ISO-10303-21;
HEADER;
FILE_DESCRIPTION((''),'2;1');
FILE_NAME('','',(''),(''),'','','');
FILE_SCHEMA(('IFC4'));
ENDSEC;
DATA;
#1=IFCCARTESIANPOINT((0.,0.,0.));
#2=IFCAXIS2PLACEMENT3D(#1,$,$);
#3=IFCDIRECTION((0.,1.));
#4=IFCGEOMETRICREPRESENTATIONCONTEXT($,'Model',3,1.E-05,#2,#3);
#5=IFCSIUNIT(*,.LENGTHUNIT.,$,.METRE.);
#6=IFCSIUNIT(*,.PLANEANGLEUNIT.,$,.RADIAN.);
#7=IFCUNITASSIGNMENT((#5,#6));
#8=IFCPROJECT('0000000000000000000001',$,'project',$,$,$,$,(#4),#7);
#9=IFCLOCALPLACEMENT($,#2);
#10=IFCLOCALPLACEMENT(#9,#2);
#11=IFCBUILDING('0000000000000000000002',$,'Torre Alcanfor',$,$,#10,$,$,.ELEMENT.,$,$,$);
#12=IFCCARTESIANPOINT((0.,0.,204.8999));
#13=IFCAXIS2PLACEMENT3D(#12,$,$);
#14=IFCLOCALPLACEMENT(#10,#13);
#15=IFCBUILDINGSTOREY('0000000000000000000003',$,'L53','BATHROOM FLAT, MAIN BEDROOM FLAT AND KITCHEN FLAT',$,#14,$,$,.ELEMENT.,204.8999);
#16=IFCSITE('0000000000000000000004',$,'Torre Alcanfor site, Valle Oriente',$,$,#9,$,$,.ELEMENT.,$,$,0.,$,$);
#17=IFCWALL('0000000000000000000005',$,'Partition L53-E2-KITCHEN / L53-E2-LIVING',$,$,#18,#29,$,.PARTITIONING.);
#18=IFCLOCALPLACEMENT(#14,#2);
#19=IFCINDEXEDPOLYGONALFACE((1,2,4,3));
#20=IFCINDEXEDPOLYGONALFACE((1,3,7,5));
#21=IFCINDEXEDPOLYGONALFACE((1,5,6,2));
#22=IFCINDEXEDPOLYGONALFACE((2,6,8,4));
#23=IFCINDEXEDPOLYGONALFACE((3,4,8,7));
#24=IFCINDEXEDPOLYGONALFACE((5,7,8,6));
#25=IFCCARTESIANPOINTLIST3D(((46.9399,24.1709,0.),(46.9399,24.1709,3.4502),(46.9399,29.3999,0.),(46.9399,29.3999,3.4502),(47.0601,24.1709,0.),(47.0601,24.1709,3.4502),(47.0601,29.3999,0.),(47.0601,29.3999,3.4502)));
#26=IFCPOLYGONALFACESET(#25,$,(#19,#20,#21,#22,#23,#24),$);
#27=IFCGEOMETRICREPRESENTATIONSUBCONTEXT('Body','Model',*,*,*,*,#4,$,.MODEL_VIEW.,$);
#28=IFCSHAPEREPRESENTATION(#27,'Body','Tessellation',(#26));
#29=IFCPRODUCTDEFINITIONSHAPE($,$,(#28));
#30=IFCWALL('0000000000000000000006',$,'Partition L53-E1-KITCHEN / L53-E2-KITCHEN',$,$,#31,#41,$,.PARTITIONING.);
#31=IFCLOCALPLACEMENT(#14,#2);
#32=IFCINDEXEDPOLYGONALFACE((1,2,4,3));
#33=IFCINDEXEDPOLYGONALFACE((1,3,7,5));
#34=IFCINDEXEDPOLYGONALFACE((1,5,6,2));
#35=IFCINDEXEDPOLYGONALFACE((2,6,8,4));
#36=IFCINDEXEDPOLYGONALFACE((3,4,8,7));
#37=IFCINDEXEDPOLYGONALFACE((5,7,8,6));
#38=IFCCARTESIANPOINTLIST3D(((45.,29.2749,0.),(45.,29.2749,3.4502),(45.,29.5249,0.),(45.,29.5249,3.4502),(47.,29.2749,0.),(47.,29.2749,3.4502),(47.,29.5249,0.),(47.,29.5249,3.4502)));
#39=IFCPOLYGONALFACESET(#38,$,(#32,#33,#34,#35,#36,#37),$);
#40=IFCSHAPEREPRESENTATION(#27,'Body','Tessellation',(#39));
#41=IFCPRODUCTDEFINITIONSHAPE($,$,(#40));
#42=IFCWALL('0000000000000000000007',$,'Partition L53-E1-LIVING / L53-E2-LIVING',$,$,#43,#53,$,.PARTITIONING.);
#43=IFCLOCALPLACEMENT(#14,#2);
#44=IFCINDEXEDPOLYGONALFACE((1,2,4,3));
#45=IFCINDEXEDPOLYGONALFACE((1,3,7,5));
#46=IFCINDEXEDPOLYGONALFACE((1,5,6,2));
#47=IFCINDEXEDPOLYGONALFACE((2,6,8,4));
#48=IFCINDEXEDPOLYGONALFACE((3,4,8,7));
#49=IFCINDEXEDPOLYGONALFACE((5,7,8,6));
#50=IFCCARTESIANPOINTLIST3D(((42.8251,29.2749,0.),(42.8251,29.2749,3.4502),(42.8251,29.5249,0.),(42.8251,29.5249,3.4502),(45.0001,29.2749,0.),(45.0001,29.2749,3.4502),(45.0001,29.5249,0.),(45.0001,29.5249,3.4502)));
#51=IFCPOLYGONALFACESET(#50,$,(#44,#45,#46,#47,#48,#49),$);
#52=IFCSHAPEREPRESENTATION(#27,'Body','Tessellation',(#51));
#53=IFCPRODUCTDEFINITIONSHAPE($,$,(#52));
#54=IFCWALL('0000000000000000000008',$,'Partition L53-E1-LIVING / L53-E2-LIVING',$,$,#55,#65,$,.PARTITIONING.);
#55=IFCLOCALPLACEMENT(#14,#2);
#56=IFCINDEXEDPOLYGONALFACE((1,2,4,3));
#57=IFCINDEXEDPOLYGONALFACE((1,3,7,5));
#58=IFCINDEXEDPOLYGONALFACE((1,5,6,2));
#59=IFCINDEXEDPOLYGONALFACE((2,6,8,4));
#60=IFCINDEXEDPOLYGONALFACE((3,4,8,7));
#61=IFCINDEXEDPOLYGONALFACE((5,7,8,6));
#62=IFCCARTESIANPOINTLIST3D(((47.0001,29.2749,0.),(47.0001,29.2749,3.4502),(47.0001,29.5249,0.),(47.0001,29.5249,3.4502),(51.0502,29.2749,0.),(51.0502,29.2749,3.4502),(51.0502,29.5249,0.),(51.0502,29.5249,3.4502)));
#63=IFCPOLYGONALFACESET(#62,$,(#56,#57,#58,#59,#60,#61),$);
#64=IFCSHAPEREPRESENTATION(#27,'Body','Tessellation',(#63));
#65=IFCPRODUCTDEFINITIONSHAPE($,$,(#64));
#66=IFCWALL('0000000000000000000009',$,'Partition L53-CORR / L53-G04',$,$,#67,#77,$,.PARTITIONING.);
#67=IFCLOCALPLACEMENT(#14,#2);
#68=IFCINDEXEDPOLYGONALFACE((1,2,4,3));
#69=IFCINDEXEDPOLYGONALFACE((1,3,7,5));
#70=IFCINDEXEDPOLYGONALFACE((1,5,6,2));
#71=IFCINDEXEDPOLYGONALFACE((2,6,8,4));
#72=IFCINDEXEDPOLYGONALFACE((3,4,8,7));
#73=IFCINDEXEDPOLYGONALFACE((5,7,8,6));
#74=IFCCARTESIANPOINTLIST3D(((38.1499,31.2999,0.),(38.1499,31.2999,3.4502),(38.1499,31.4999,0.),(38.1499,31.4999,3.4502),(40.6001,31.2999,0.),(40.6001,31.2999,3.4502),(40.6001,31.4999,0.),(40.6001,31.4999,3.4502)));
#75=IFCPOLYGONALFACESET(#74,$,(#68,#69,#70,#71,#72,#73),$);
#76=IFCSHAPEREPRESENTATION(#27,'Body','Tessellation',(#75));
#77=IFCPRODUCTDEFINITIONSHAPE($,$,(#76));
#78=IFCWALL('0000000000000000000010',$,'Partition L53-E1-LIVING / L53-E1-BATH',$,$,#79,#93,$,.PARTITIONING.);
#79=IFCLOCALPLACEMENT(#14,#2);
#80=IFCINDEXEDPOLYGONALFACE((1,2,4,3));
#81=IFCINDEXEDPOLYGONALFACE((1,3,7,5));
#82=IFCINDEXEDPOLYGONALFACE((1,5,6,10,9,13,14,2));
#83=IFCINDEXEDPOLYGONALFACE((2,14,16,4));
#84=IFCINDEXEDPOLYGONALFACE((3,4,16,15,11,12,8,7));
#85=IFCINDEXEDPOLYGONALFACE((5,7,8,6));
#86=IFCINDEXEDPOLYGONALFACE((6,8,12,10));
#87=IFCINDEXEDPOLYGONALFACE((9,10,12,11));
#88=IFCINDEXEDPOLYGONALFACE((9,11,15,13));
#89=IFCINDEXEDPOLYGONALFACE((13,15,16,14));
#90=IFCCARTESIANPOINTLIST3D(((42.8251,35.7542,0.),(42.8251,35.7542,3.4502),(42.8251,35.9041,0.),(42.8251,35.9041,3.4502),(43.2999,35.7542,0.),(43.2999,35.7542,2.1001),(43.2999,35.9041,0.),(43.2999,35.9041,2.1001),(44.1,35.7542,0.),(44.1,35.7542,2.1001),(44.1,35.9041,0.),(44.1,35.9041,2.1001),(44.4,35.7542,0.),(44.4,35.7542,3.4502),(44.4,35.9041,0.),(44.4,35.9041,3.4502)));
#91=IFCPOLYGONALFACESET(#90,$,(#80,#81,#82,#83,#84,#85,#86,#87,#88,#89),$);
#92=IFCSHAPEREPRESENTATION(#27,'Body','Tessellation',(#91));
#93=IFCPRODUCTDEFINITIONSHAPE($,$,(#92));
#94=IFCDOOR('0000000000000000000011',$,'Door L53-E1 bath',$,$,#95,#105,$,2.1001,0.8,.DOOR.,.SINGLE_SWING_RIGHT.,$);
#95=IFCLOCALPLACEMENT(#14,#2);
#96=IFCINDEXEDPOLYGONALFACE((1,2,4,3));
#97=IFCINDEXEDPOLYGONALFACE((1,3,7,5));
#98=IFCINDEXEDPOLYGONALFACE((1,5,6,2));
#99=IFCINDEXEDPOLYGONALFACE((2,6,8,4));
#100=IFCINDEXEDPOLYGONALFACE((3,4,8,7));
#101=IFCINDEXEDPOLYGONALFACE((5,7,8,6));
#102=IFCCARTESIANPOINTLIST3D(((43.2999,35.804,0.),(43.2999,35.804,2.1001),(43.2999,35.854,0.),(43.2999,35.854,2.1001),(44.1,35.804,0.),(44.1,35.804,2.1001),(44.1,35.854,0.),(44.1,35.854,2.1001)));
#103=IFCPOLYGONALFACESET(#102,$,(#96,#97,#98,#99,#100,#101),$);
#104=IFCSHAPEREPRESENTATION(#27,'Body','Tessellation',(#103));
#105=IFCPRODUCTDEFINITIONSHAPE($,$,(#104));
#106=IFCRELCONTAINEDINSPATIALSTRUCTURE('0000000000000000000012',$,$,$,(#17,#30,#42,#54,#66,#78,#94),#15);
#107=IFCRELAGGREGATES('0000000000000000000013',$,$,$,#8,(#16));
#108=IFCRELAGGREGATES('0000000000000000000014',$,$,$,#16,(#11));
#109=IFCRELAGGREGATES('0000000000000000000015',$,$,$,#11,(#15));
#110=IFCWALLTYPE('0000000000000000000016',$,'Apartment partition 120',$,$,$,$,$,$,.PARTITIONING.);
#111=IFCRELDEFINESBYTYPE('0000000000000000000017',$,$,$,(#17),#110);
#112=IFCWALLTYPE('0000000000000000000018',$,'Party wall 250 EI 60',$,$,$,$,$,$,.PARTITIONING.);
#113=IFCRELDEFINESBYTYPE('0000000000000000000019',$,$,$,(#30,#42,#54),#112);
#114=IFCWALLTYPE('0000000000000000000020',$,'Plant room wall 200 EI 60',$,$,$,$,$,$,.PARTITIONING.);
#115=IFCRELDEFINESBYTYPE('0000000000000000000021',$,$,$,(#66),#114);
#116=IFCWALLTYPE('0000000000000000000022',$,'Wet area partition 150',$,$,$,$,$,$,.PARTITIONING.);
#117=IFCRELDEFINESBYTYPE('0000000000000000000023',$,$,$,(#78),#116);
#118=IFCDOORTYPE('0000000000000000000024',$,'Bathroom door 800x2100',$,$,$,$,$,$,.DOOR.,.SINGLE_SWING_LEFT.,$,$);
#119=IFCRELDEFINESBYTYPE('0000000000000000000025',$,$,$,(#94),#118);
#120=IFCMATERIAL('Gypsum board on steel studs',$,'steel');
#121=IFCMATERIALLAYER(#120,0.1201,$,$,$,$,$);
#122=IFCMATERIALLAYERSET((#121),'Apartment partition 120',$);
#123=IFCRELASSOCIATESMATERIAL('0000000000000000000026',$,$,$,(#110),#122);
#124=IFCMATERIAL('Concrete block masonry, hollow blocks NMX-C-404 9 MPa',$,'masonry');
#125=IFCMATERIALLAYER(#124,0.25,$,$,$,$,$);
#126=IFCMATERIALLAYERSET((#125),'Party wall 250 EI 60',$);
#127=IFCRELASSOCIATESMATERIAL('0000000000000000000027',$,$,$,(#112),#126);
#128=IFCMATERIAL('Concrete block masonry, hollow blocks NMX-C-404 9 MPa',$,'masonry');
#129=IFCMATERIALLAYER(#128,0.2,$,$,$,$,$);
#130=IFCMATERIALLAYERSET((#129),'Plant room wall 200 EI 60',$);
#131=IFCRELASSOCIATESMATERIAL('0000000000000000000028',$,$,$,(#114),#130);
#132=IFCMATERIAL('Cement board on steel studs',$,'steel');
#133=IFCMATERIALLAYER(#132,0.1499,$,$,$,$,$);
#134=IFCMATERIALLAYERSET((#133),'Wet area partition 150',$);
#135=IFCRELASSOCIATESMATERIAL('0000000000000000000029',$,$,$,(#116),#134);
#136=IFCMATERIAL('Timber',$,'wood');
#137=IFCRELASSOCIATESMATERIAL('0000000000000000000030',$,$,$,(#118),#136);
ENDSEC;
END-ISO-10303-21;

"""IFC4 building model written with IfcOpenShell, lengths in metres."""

from ifc_helpers import new_model, si_unit, direction, frame, frame_2d, origin, place, context, subcontext, project, spatial, rectangle, extrude, material, layer, layer_set, type_object, element, fill, save


model = new_model("IFC4")

# Units and contexts
model_context = context("Model", 3, precision=1e-05, world=origin(), true_north=direction((0.0, 1.0)))
body_context = subcontext(model_context, "Body", "Model", "MODEL_VIEW")
ifc_project = project(units=[si_unit("LENGTHUNIT", "METRE"), si_unit("PLANEANGLEUNIT", "RADIAN")], contexts=[model_context])

# Site, building, storey
site_placement = place(None, origin())
site = spatial("IfcSite", under=ifc_project, at=site_placement, Name="Torre Alcanfor site, Valle Oriente", CompositionType="ELEMENT", RefElevation=0.0)
building_placement = place(site_placement, origin())
building = spatial("IfcBuilding", under=site, at=building_placement, Name="Torre Alcanfor", CompositionType="ELEMENT")
storey_placement = place(building_placement, frame((0.0, 0.0, 204.8999)))
storey = spatial("IfcBuildingStorey", under=building, at=storey_placement, Name="L53", Description="BATHROOM FLAT, MAIN BEDROOM FLAT AND KITCHEN FLAT", CompositionType="ELEMENT", Elevation=204.8999)

# Shared definitions
ifc_material_1 = material(Name="Gypsum board on steel studs", Category="steel")
ifc_layer_1 = layer(ifc_material_1, 0.1201)
ifc_layer_set_1 = layer_set([ifc_layer_1], Name="Apartment partition 120")
wall_type_1 = type_object("IfcWallType", Name="Apartment partition 120", PredefinedType="PARTITIONING", material=ifc_layer_set_1)

# Walls
wall_1_placement = place(storey_placement, frame((47.0, 29.3999, 0.0), z_axis=(0.0, 0.0, 1.0), x_axis=(0.0, -1.0, 0.0)))
element("IfcWall", 1, at=wall_1_placement, inside=storey, type_object=wall_type_1, Name="Partition L53-E2-KITCHEN / L53-E2-LIVING", PredefinedType="PARTITIONING", context=body_context, shape_type="SweptSolid", body=[
    extrude(rectangle(XDim=5.229, YDim=0.1201, at=frame_2d((2.6145, 0.0))), origin(), (0.0, 0.0, 1.0), 3.4502),
])
ifc_material_2 = material(Name="Concrete block masonry, hollow blocks NMX-C-404 9 MPa", Category="masonry")
ifc_layer_2 = layer(ifc_material_2, 0.25)
ifc_layer_set_2 = layer_set([ifc_layer_2], Name="Party wall 250 EI 60")
wall_type_2 = type_object("IfcWallType", Name="Party wall 250 EI 60", PredefinedType="PARTITIONING", material=ifc_layer_set_2)
wall_2_placement = place(storey_placement, frame((45.0, 29.3999, 0.0), z_axis=(0.0, 0.0, 1.0), x_axis=(1.0, 0.0, 0.0)))
element("IfcWall", 2, at=wall_2_placement, inside=storey, type_object=wall_type_2, Name="Partition L53-E1-KITCHEN / L53-E2-KITCHEN", PredefinedType="PARTITIONING", context=body_context, shape_type="SweptSolid", body=[
    extrude(rectangle(XDim=2.0, YDim=0.25, at=frame_2d((1.0, 0.0))), origin(), (0.0, 0.0, 1.0), 3.4502),
])
wall_3_placement = place(storey_placement, frame((45.0, 29.3999, 0.0), z_axis=(0.0, 0.0, 1.0), x_axis=(-1.0, 0.0, 0.0)))
element("IfcWall", 3, at=wall_3_placement, inside=storey, type_object=wall_type_2, Name="Partition L53-E1-LIVING / L53-E2-LIVING", PredefinedType="PARTITIONING", context=body_context, shape_type="SweptSolid", body=[
    extrude(rectangle(XDim=2.175, YDim=0.25, at=frame_2d((1.0874, 0.0))), origin(), (0.0, 0.0, 1.0), 3.4502),
])
wall_4_placement = place(storey_placement, frame((51.05, 29.3999, 0.0), z_axis=(0.0, 0.0, 1.0), x_axis=(-1.0, 0.0, 0.0)))
element("IfcWall", 4, at=wall_4_placement, inside=storey, type_object=wall_type_2, Name="Partition L53-E1-LIVING / L53-E2-LIVING", PredefinedType="PARTITIONING", context=body_context, shape_type="SweptSolid", body=[
    extrude(rectangle(XDim=4.05, YDim=0.25, at=frame_2d((2.0249, 0.0))), origin(), (0.0, 0.0, 1.0), 3.4502),
])
ifc_material_3 = material(Name="Concrete block masonry, hollow blocks NMX-C-404 9 MPa", Category="masonry")
ifc_layer_3 = layer(ifc_material_3, 0.2)
ifc_layer_set_3 = layer_set([ifc_layer_3], Name="Plant room wall 200 EI 60")
wall_type_3 = type_object("IfcWallType", Name="Plant room wall 200 EI 60", PredefinedType="PARTITIONING", material=ifc_layer_set_3)
wall_5_placement = place(storey_placement, frame((40.6001, 31.3999, 0.0), z_axis=(0.0, 0.0, 1.0), x_axis=(-1.0, 0.0, 0.0)))
element("IfcWall", 5, at=wall_5_placement, inside=storey, type_object=wall_type_3, Name="Partition L53-CORR / L53-G04", PredefinedType="PARTITIONING", context=body_context, shape_type="SweptSolid", body=[
    extrude(rectangle(XDim=2.4502, YDim=0.2, at=frame_2d((1.2251, 0.0))), origin(), (0.0, 0.0, 1.0), 3.4502),
])

# Wall, opening, door
ifc_material_4 = material(Name="Cement board on steel studs", Category="steel")
ifc_layer_4 = layer(ifc_material_4, 0.1499)
ifc_layer_set_4 = layer_set([ifc_layer_4], Name="Wet area partition 150")
wall_type_4 = type_object("IfcWallType", Name="Wet area partition 150", PredefinedType="PARTITIONING", material=ifc_layer_set_4)
wall_6_placement = place(storey_placement, frame((42.825, 35.8291, 0.0), z_axis=(0.0, 0.0, 1.0), x_axis=(1.0, 0.0, 0.0)))
wall_6 = element("IfcWall", 6, at=wall_6_placement, inside=storey, type_object=wall_type_4, Name="Partition L53-E1-LIVING / L53-E1-BATH", PredefinedType="PARTITIONING", context=body_context, shape_type="SweptSolid", body=[
    extrude(rectangle(XDim=1.575, YDim=0.1499, at=frame_2d((0.7876, 0.0))), origin(), (0.0, 0.0, 1.0), 3.4502),
])
opening_1_placement = place(wall_6_placement, frame((0.4751, 0.0, 0.0)))
opening_1 = element("IfcOpeningElement", 7, at=opening_1_placement, cuts=wall_6, PredefinedType="OPENING", context=body_context, shape_type="SweptSolid", body=[
    extrude(rectangle(XDim=0.8, YDim=2.1001, at=frame_2d((0.3999, 1.05))), frame((0.0, 0.085, 0.0), z_axis=(0.0, -1.0, 0.0), x_axis=(1.0, 0.0, 0.0)), (0.0, 0.0, 1.0), 0.1699),
])
ifc_material_5 = material(Name="Timber", Category="wood")
door_type_1 = type_object("IfcDoorType", Name="Bathroom door 800x2100", OperationType="SINGLE_SWING_LEFT", PredefinedType="DOOR", material=ifc_material_5)
door_1_placement = place(opening_1_placement, origin())
door_1 = element("IfcDoor", 8, at=door_1_placement, inside=storey, type_object=door_type_1, Name="Door L53-E1 bath", OperationType="SINGLE_SWING_RIGHT", OverallHeight=2.1001, OverallWidth=0.8, PredefinedType="DOOR", context=body_context, shape_type="SweptSolid", body=[
    extrude(rectangle(XDim=0.8, YDim=2.1001, at=frame_2d((0.3999, 1.05))), frame((0.0, 0.0249, 0.0), z_axis=(0.0, -1.0, 0.0), x_axis=(1.0, 0.0, 0.0)), (0.0, 0.0, 1.0), 0.05),
])
fill(opening_1, door_1)

save(model, "model.ifc")
